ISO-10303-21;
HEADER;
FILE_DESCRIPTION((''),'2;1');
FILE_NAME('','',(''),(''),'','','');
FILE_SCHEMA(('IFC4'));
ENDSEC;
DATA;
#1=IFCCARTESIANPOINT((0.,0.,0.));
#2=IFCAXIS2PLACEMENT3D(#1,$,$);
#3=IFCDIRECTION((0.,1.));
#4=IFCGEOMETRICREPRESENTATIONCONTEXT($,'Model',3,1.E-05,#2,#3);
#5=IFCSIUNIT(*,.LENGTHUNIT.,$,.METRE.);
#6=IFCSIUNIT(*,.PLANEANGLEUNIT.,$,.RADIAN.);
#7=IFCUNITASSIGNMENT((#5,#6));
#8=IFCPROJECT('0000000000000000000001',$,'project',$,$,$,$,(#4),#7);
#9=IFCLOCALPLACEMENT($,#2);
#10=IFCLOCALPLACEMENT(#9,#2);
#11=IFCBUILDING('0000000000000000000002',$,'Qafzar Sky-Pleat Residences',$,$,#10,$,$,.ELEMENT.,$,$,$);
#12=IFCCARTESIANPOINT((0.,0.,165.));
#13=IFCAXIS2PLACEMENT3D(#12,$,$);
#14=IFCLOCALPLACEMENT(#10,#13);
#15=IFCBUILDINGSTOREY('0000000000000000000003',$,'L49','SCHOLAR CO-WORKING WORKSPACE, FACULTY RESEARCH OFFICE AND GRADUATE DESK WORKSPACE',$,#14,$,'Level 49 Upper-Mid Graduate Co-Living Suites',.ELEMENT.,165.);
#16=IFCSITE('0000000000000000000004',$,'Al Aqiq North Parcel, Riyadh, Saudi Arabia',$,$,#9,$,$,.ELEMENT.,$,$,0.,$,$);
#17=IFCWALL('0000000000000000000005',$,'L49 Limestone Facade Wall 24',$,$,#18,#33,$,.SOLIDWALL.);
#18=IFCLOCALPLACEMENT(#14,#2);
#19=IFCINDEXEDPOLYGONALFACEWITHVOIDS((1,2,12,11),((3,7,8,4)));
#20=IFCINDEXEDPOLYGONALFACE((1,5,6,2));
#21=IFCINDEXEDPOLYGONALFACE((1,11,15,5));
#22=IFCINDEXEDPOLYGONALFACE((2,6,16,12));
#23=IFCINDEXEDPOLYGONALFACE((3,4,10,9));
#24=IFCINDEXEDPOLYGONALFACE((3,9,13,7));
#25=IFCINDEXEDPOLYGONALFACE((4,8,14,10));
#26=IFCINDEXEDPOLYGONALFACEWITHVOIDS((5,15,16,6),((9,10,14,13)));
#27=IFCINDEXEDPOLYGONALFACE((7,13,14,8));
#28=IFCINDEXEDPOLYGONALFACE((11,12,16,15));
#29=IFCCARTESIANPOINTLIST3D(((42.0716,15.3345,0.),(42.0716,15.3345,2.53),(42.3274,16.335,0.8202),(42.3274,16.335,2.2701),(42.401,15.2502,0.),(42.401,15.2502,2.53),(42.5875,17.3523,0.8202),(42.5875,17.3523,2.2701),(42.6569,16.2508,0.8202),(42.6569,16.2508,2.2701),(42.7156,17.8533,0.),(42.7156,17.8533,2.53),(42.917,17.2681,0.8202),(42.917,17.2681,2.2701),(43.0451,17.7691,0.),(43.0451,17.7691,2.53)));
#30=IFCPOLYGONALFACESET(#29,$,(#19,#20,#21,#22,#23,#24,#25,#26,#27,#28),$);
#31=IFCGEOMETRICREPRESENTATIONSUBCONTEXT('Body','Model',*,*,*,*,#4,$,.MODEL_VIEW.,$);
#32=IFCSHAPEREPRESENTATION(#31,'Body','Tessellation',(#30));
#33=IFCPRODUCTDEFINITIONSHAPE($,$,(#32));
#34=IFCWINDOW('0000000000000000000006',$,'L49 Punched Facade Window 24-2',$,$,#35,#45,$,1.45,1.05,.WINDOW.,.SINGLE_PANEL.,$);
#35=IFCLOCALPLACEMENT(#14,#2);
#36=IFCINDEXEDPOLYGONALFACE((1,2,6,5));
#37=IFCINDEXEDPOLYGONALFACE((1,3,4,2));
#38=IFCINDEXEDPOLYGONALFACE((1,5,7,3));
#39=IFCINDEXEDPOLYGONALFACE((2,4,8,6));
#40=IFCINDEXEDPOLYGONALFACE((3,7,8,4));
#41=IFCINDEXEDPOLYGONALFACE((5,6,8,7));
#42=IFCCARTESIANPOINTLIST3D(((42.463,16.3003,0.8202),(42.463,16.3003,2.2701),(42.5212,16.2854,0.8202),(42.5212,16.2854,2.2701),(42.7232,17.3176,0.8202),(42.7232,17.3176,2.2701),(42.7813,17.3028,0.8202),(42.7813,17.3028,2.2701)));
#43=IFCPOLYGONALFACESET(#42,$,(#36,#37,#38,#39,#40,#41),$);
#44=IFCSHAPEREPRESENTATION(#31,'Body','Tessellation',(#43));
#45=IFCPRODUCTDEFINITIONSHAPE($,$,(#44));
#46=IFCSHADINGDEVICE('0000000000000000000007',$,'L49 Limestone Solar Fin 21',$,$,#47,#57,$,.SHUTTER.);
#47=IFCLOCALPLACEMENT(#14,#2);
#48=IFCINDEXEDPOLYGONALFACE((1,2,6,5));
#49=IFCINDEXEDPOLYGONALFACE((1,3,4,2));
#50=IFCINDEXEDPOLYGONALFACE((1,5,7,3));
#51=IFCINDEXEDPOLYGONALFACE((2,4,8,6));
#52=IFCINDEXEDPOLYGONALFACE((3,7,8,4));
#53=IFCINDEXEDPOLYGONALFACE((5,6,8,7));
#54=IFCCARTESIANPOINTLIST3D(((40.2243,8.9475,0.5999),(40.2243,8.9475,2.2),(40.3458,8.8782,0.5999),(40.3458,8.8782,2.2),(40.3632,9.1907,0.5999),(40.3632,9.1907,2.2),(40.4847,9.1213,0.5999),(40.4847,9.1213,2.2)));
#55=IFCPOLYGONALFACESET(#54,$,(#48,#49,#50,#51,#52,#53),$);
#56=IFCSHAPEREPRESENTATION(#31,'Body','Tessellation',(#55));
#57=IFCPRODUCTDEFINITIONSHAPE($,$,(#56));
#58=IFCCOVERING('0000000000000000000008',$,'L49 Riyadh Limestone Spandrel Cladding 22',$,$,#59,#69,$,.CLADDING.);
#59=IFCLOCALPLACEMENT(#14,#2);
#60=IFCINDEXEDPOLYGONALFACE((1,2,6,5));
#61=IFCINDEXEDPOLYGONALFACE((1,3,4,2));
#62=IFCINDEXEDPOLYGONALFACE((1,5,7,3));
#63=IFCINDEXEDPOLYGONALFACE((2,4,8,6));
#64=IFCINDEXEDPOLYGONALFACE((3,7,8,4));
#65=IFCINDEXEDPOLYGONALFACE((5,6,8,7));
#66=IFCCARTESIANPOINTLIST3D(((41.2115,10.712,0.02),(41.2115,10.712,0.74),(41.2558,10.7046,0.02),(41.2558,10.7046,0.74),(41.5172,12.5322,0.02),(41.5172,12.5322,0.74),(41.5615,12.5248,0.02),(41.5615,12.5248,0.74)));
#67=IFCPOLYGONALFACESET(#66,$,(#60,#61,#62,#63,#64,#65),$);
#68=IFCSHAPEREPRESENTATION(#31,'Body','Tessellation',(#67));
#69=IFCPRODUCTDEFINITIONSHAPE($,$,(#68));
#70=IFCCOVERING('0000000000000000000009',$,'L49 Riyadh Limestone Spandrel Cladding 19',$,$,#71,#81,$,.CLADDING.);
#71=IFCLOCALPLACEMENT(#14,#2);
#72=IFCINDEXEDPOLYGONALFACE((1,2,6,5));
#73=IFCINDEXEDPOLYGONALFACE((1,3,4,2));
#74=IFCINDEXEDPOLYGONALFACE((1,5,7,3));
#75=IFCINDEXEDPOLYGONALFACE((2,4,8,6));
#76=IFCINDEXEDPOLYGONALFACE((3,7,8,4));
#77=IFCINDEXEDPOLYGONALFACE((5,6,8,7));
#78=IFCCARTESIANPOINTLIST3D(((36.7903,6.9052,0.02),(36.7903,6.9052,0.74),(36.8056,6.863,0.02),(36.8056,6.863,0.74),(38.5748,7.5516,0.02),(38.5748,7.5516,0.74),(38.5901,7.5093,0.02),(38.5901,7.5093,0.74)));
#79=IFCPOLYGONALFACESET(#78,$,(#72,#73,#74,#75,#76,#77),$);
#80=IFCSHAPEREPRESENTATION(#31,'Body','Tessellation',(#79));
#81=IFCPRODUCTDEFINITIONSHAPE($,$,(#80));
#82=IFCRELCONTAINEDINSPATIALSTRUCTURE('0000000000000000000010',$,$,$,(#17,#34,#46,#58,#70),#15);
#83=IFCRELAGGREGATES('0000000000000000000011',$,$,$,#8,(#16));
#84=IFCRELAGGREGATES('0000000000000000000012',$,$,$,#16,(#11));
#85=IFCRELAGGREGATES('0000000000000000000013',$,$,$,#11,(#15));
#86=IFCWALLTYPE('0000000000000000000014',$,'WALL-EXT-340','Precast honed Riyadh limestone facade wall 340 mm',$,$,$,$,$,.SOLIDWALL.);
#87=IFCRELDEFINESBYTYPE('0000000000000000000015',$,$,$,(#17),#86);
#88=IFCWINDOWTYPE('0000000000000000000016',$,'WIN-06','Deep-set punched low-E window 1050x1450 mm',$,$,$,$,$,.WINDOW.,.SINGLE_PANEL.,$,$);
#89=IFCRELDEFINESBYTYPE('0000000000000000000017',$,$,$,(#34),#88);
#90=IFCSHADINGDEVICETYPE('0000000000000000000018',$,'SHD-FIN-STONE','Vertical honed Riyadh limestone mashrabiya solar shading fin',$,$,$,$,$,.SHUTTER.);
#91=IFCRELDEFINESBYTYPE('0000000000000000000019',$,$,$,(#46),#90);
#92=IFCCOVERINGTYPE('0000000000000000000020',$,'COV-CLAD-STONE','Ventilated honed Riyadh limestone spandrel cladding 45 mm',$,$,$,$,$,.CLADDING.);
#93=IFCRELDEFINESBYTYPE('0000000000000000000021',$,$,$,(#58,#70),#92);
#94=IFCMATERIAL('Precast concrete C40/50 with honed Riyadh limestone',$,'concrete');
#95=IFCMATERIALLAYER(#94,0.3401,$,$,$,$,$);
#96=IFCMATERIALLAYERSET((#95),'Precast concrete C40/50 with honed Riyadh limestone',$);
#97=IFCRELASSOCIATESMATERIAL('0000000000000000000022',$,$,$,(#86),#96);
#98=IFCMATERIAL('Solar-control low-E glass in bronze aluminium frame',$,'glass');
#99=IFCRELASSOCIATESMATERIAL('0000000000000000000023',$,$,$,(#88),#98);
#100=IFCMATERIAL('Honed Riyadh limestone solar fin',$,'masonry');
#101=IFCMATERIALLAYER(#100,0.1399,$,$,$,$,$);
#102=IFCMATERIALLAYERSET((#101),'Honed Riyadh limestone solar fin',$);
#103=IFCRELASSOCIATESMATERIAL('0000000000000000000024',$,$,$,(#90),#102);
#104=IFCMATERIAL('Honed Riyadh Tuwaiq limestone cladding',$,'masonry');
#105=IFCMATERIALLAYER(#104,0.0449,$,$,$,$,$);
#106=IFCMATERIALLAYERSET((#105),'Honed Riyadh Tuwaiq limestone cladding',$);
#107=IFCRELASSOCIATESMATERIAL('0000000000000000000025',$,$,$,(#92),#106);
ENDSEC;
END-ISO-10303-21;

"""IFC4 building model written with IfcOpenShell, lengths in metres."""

from ifc_helpers import new_model, si_unit, direction, frame, frame_2d, origin, origin_2d, place, context, subcontext, project, spatial, rectangle, extrude, source, transform, mapped, material, layer, layer_set, type_object, element, fill, save


model = new_model("IFC4")

# Units and contexts
model_context = context("Model", 3, precision=1e-05, world=origin(), true_north=direction((0.0, 1.0)))
body_context = subcontext(model_context, "Body", "Model", "MODEL_VIEW")
ifc_project = project(units=[si_unit("LENGTHUNIT", "METRE"), si_unit("PLANEANGLEUNIT", "RADIAN")], contexts=[model_context])

# Site, building, storey
site_placement = place(None, origin())
site = spatial("IfcSite", under=ifc_project, at=site_placement, Name="Al Aqiq North Parcel, Riyadh, Saudi Arabia", CompositionType="ELEMENT", RefElevation=0.0)
building_placement = place(site_placement, origin())
building = spatial("IfcBuilding", under=site, at=building_placement, Name="Qafzar Sky-Pleat Residences", CompositionType="ELEMENT")
storey_placement = place(building_placement, frame((0.0, 0.0, 165.0)))
storey = spatial("IfcBuildingStorey", under=building, at=storey_placement, Name="L49", Description="SCHOLAR CO-WORKING WORKSPACE, FACULTY RESEARCH OFFICE AND GRADUATE DESK WORKSPACE", LongName="Level 49 Upper-Mid Graduate Co-Living Suites", CompositionType="ELEMENT", Elevation=165.0)

# Wall, opening, window
ifc_material_1 = material(Name="Precast concrete C40/50 with honed Riyadh limestone", Category="concrete")
ifc_layer_1 = layer(ifc_material_1, 0.3401)
ifc_layer_set_1 = layer_set([ifc_layer_1], Name="Precast concrete C40/50 with honed Riyadh limestone")
wall_type = type_object("IfcWallType", Name="WALL-EXT-340", Description="Precast honed Riyadh limestone facade wall 340 mm", PredefinedType="SOLIDWALL", material=ifc_layer_set_1)
ifc_material_2 = material(Name="Solar-control low-E glass in bronze aluminium frame", Category="glass")
wall_1_placement = place(storey_placement, frame((42.2363, 15.2925, 0.0), z_axis=(0.0, 0.0, 1.0), x_axis=(0.247725, 0.96883, 0.0)))
wall_1 = element("IfcWall", 1, at=wall_1_placement, inside=storey, type_object=wall_type, Name="L49 Limestone Facade Wall 24", PredefinedType="SOLIDWALL", context=body_context, shape_type="SweptSolid", body=[
    extrude(rectangle(XDim=2.5999, YDim=0.3401, at=frame_2d((1.2998, 0.0))), origin(), (0.0, 0.0, 1.0), 2.53),
])
opening_1_placement = place(wall_1_placement, frame((1.0327, 0.0, 0.8201)))
opening_1 = element("IfcOpeningElement", 2, at=opening_1_placement, cuts=wall_1, PredefinedType="OPENING", context=body_context, shape_type="SweptSolid", body=[
    extrude(rectangle(XDim=1.05, YDim=1.45, at=frame_2d((0.5249, 0.7251))), frame((0.0, 0.1802, 0.0), z_axis=(0.0, -1.0, 0.0), x_axis=(1.0, 0.0, 0.0)), (0.0, 0.0, 1.0), 0.3601),
])
window_type_1 = type_object("IfcWindowType", Name="WIN-06", Description="Deep-set punched low-E window 1050x1450 mm", PartitioningType="SINGLE_PANEL", PredefinedType="WINDOW", material=ifc_material_2)
shared_shape_1 = source(origin(), body_context, "Body", "SweptSolid", [
    extrude(rectangle(XDim=1.05, YDim=1.45, at=frame_2d((0.5249, 0.7251))), frame((0.0, 0.03, 0.0), z_axis=(0.0, -1.0, 0.0), x_axis=(1.0, 0.0, 0.0)), (0.0, 0.0, 1.0), 0.0601),
])
window_1_placement = place(opening_1_placement, origin())
window_1 = element("IfcWindow", 3, at=window_1_placement, inside=storey, type_object=window_type_1, Name="L49 Punched Facade Window 24-2", OverallHeight=1.45, OverallWidth=1.05, PartitioningType="SINGLE_PANEL", PredefinedType="WINDOW", context=body_context, shape_type="MappedRepresentation", body=[
    mapped(shared_shape_1, transform((0.0, 0.0, 0.0), x_axis=(1.0, 0.0, 0.0), y_axis=(0.0, 1.0, 0.0), z_axis=(0.0, 0.0, 1.0), scale=1.0)),
])
fill(opening_1, window_1)

# Shading device
ifc_material_3 = material(Name="Honed Riyadh limestone solar fin", Category="masonry")
ifc_layer_2 = layer(ifc_material_3, 0.1399)
ifc_layer_set_2 = layer_set([ifc_layer_2], Name="Honed Riyadh limestone solar fin")
shading_device_type = type_object("IfcShadingDeviceType", Name="SHD-FIN-STONE", Description="Vertical honed Riyadh limestone mashrabiya solar shading fin", PredefinedType="SHUTTER", material=ifc_layer_set_2)
shared_shape_2 = source(origin(), body_context, "Body", "SweptSolid", [
    extrude(rectangle(XDim=0.1399, YDim=0.28, at=origin_2d()), origin(), (0.0, 0.0, 1.0), 1.6001),
])
shading_device_placement = place(storey_placement, frame((40.3545, 9.0344, 0.5999), z_axis=(0.0, 0.0, 1.0), x_axis=(0.868422, -0.495826, 0.0)))
element("IfcShadingDevice", 4, at=shading_device_placement, inside=storey, type_object=shading_device_type, Name="L49 Limestone Solar Fin 21", PredefinedType="SHUTTER", context=body_context, shape_type="MappedRepresentation", body=[
    mapped(shared_shape_2, transform((0.0, 0.0, 0.0), x_axis=(1.0, 0.0, 0.0), y_axis=(0.0, 1.0, 0.0), z_axis=(0.0, 0.0, 1.0), scale=1.0)),
])

# Coverings
ifc_material_4 = material(Name="Honed Riyadh Tuwaiq limestone cladding", Category="masonry")
ifc_layer_3 = layer(ifc_material_4, 0.0449)
ifc_layer_set_3 = layer_set([ifc_layer_3], Name="Honed Riyadh Tuwaiq limestone cladding")
covering_type = type_object("IfcCoveringType", Name="COV-CLAD-STONE", Description="Ventilated honed Riyadh limestone spandrel cladding 45 mm", PredefinedType="CLADDING", material=ifc_layer_set_3)
shared_shape_3 = source(origin(), body_context, "Body", "SweptSolid", [
    extrude(rectangle(XDim=1.8457, YDim=0.0449, at=origin_2d()), origin(), (0.0, 0.0, 1.0), 0.72),
])
covering_1_placement = place(storey_placement, frame((41.3865, 11.6184, 0.02), z_axis=(0.0, 0.0, 1.0), x_axis=(0.165648, 0.986185, 0.0)))
element("IfcCovering", 5, at=covering_1_placement, inside=storey, type_object=covering_type, Name="L49 Riyadh Limestone Spandrel Cladding 22", PredefinedType="CLADDING", context=body_context, shape_type="MappedRepresentation", body=[
    mapped(shared_shape_3, transform((0.0, 0.0, 0.0), x_axis=(1.0, 0.0, 0.0), y_axis=(0.0, 1.0, 0.0), z_axis=(0.0, 0.0, 1.0), scale=1.0)),
])
shared_shape_4 = source(origin(), body_context, "Body", "SweptSolid", [
    extrude(rectangle(XDim=1.8979, YDim=0.0449, at=origin_2d()), origin(), (0.0, 0.0, 1.0), 0.72),
])
covering_2_placement = place(storey_placement, frame((37.6902, 7.2073, 0.02), z_axis=(0.0, 0.0, 1.0), x_axis=(0.940232, 0.340536, 0.0)))
element("IfcCovering", 6, at=covering_2_placement, inside=storey, type_object=covering_type, Name="L49 Riyadh Limestone Spandrel Cladding 19", PredefinedType="CLADDING", context=body_context, shape_type="MappedRepresentation", body=[
    mapped(shared_shape_4, transform((0.0, 0.0, 0.0), x_axis=(1.0, 0.0, 0.0), y_axis=(0.0, 1.0, 0.0), z_axis=(0.0, 0.0, 1.0), scale=1.0)),
])

save(model, "model.ifc")
